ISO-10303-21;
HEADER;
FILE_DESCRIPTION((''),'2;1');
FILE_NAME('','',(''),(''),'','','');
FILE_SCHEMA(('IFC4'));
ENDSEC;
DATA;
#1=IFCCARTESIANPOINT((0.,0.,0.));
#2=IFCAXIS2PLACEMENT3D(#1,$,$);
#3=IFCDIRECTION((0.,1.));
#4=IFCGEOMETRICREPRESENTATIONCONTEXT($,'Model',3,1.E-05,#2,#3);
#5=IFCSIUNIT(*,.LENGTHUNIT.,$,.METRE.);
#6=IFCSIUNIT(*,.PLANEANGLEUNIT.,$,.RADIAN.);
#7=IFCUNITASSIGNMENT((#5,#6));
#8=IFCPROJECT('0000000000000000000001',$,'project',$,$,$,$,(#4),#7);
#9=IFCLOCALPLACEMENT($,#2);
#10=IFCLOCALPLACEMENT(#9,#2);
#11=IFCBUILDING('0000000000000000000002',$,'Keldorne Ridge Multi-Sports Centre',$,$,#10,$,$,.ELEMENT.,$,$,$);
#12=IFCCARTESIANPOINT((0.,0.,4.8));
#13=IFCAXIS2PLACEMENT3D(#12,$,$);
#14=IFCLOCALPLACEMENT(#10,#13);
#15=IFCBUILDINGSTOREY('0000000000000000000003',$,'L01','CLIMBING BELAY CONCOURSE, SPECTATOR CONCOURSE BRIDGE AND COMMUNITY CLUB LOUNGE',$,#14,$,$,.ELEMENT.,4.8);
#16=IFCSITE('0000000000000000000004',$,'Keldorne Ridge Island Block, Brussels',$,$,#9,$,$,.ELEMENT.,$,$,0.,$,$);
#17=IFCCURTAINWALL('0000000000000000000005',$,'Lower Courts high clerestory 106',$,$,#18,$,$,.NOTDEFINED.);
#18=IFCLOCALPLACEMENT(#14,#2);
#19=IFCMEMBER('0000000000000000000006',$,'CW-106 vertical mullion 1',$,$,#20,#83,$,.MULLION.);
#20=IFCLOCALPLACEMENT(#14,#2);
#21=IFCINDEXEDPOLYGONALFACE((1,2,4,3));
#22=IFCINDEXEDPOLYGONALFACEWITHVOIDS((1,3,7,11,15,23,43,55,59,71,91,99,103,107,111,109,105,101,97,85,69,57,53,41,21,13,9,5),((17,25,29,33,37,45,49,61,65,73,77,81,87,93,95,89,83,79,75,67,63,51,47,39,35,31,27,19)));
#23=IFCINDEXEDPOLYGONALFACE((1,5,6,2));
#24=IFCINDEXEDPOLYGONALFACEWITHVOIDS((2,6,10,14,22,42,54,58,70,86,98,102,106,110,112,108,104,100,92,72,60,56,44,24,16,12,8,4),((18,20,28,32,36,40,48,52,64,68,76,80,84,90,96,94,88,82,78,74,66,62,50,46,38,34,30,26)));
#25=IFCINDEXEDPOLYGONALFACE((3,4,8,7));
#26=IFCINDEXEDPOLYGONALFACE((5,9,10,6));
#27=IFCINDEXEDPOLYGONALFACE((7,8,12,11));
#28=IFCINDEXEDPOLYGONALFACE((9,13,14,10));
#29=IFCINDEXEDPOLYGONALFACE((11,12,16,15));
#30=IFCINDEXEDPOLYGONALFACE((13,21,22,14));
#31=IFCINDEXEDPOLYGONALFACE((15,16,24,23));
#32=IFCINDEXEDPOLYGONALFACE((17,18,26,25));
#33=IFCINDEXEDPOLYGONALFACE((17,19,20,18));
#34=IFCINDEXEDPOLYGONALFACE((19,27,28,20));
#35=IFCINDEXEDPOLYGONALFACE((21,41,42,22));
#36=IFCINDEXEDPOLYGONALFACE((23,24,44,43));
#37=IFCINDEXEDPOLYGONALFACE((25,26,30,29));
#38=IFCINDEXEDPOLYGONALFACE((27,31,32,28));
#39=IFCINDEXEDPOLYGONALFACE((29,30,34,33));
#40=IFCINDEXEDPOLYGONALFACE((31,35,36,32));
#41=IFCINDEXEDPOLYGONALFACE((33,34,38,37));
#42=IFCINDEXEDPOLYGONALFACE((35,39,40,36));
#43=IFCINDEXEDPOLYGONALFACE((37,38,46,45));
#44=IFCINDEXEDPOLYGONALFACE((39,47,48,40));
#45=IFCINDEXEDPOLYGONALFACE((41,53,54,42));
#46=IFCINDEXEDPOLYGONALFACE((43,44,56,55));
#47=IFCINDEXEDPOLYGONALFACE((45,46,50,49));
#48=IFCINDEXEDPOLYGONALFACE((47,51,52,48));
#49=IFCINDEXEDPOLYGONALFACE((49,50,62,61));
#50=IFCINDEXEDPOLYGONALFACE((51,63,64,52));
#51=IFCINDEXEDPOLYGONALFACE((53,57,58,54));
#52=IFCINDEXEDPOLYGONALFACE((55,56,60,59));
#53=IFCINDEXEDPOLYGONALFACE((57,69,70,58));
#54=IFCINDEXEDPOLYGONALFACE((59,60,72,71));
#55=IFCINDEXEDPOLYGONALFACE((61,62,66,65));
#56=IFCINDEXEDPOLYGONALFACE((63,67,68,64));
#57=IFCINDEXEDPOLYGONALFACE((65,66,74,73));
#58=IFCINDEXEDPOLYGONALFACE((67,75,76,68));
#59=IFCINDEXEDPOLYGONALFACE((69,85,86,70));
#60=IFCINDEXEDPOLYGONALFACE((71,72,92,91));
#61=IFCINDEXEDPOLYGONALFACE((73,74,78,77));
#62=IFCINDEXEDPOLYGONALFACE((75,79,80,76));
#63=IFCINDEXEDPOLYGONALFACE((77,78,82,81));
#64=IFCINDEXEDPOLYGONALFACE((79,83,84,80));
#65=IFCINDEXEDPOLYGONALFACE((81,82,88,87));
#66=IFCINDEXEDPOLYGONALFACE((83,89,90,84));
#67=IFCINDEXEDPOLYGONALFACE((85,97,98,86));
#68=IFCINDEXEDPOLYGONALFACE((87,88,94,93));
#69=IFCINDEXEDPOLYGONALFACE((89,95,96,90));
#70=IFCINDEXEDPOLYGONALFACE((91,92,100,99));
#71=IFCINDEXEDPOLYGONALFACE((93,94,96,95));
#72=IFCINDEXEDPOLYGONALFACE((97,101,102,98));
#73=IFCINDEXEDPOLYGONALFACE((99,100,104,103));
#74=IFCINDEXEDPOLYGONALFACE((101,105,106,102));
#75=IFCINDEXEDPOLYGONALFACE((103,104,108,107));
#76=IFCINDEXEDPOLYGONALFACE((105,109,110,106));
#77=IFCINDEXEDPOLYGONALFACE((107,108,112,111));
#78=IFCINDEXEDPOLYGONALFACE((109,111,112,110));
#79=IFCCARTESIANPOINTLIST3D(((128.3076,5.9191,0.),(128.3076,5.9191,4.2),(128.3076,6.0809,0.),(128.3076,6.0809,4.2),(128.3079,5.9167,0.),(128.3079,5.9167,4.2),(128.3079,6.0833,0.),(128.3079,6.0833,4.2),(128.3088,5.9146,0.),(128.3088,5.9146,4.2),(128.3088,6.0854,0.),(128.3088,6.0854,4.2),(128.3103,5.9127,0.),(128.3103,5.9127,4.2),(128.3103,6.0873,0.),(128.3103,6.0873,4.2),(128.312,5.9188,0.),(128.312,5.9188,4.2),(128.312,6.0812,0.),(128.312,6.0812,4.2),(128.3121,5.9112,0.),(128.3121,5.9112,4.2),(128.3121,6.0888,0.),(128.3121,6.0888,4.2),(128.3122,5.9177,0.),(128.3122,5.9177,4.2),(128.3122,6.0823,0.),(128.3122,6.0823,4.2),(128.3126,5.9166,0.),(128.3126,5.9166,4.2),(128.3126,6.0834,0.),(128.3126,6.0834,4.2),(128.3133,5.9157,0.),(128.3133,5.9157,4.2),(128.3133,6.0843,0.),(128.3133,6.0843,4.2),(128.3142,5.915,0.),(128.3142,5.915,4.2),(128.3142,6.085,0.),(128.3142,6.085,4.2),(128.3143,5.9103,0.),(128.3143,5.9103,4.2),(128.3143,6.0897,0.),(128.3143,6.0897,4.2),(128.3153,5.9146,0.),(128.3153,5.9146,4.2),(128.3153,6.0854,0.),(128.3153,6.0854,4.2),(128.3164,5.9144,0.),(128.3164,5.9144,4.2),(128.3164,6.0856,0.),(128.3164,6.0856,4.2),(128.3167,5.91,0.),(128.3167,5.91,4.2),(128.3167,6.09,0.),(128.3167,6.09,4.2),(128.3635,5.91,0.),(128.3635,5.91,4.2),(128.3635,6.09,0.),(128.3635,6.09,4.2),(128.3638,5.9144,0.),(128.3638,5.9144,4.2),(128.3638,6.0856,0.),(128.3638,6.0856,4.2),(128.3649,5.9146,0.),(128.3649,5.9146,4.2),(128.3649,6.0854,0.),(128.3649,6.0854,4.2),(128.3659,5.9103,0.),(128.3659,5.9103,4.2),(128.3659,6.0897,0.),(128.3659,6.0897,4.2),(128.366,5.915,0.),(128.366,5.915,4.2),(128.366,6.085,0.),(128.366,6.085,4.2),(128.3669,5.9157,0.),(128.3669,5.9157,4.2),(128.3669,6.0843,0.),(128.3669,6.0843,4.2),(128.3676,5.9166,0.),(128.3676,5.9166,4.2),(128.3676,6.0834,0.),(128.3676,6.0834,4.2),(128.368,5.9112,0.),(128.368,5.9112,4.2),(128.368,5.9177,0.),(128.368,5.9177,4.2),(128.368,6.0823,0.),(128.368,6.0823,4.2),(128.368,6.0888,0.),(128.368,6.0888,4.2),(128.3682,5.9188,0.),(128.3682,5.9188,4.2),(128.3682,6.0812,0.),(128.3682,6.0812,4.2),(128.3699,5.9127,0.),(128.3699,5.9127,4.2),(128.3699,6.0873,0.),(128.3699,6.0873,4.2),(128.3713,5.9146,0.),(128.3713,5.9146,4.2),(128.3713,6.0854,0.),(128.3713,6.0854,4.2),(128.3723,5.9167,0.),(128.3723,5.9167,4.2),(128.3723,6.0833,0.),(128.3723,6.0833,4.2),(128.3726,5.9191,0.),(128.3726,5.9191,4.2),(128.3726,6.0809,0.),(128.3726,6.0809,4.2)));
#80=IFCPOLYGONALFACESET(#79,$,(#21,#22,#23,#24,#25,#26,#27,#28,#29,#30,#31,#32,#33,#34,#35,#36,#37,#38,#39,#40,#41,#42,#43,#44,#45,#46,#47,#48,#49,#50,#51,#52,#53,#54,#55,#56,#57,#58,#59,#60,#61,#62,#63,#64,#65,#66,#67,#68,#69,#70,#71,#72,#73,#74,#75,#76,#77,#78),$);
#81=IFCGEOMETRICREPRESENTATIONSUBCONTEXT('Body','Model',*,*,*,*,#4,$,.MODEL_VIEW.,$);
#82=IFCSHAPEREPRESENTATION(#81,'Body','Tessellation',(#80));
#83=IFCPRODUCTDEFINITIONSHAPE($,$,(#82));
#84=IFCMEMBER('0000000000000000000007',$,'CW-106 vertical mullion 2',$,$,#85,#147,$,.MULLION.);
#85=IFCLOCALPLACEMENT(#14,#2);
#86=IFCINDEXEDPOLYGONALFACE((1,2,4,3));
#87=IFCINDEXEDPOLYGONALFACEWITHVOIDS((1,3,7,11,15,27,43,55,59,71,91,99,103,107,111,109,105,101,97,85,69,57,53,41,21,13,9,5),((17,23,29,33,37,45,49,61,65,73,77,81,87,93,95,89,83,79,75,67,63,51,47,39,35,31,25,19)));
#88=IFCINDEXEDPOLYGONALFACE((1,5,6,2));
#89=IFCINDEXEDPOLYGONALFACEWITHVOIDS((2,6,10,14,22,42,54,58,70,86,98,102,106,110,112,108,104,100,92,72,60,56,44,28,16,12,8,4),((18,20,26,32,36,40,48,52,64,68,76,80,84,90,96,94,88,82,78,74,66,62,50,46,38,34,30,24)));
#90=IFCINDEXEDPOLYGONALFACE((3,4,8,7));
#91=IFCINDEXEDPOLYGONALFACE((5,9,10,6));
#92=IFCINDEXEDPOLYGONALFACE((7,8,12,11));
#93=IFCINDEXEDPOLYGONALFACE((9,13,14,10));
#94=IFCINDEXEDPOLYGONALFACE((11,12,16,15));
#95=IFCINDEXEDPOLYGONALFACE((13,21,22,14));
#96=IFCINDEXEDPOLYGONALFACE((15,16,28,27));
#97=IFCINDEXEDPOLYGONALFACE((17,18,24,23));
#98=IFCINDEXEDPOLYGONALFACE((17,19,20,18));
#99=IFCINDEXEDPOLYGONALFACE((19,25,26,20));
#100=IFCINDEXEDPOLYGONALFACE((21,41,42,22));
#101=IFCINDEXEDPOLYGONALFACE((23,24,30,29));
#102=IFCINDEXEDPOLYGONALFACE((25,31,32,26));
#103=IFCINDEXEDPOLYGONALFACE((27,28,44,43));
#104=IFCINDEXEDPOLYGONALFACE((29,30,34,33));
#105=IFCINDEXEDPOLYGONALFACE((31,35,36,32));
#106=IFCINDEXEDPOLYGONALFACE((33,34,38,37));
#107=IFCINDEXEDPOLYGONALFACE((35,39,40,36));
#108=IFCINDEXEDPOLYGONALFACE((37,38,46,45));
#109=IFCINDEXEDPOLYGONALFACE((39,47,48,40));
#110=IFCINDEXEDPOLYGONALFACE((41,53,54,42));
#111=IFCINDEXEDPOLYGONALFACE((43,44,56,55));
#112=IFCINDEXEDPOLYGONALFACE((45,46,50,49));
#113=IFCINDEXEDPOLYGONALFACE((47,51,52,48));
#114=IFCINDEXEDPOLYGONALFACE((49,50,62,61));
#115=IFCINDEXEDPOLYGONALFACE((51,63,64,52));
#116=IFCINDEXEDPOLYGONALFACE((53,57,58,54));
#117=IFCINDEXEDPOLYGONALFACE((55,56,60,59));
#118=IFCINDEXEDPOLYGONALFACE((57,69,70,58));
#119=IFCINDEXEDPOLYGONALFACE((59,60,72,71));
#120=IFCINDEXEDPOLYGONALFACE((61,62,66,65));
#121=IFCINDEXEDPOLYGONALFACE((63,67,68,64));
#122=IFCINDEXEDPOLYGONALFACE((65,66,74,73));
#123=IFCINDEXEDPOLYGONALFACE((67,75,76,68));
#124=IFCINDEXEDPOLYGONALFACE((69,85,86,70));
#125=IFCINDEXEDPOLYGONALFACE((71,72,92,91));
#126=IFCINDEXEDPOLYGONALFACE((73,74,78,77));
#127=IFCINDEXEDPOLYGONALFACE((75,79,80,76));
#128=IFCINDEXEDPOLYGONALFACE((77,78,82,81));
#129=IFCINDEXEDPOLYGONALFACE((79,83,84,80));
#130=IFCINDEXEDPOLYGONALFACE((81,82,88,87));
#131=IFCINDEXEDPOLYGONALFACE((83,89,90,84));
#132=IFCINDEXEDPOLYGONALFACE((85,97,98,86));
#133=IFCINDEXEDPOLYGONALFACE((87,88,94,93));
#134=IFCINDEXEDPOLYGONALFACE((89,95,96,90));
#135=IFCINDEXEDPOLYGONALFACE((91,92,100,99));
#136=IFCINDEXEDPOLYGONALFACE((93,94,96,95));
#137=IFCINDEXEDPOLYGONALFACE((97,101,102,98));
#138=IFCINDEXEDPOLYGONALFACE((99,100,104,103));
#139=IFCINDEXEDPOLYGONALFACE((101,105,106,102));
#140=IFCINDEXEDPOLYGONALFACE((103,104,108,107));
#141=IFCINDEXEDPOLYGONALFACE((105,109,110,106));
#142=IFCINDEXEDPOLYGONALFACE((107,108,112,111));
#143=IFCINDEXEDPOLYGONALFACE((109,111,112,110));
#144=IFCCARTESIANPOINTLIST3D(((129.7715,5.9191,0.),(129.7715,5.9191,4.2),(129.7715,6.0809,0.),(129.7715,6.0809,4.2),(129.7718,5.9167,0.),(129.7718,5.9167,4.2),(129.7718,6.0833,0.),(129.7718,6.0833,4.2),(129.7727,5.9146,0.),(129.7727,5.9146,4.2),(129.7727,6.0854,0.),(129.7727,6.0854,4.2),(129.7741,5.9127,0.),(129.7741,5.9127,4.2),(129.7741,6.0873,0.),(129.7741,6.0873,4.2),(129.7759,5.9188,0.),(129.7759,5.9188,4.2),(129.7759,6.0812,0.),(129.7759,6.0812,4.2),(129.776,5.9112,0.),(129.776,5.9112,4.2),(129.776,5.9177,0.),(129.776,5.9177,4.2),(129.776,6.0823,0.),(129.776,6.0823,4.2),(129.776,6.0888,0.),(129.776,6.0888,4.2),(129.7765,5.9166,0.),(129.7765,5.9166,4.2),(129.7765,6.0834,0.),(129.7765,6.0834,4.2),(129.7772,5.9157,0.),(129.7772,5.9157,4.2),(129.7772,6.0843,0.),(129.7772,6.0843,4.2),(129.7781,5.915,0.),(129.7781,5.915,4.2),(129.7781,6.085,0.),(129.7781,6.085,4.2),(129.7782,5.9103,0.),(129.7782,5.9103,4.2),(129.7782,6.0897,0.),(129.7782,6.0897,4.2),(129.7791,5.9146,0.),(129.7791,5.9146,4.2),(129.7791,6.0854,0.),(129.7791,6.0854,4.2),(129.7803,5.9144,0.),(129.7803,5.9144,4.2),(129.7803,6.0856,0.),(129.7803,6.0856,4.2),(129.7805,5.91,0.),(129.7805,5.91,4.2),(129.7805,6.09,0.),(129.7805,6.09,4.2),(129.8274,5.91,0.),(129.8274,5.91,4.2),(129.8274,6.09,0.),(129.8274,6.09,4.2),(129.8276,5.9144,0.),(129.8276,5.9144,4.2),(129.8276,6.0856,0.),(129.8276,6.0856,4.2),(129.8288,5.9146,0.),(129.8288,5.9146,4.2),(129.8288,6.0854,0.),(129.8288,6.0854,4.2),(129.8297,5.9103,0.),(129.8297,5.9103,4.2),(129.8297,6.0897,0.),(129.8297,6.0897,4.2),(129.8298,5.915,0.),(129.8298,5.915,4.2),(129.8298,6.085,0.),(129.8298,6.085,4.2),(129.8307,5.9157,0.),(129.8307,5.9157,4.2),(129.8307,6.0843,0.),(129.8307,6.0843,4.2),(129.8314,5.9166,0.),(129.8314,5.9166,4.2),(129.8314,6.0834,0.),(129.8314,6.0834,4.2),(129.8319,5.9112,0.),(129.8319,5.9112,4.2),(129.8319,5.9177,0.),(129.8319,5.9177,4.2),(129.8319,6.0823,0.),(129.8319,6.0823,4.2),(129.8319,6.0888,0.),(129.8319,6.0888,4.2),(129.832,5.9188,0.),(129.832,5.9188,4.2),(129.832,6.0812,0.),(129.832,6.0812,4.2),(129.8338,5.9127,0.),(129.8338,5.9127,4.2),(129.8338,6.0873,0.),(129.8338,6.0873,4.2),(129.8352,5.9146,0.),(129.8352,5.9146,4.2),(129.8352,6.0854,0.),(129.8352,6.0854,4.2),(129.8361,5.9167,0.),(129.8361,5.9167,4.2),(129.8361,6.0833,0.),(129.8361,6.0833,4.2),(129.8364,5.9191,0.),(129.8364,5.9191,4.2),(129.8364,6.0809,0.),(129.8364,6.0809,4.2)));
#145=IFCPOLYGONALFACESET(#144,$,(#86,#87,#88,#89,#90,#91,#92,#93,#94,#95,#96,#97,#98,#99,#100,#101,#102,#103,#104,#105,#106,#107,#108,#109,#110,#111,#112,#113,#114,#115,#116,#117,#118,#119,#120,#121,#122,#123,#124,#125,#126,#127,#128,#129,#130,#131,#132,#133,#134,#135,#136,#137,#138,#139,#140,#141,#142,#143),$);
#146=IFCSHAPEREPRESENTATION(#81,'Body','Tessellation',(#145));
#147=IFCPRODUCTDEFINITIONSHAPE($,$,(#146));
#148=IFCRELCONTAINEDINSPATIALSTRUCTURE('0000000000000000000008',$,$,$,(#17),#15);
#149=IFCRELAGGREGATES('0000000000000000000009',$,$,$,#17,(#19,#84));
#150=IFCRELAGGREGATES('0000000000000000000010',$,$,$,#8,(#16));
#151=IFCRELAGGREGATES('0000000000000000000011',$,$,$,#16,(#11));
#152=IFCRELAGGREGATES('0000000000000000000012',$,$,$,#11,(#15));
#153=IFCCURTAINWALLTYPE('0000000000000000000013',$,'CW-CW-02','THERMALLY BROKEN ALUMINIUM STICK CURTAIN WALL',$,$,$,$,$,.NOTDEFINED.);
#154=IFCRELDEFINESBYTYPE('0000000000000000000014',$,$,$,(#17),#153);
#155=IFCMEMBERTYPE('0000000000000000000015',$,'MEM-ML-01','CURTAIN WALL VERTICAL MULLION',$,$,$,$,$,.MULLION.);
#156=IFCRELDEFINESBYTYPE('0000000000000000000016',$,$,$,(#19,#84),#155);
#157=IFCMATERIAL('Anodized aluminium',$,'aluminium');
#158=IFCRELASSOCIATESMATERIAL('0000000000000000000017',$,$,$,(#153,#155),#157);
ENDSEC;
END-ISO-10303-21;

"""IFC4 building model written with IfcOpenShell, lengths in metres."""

from ifc_helpers import new_model, si_unit, direction, frame, origin, origin_2d, place, context, subcontext, project, spatial, hollow_rectangle, extrude, material, material_profile, profile_set, type_object, element, aggregate, save


model = new_model("IFC4")

# Units and contexts
model_context = context("Model", 3, precision=1e-05, world=origin(), true_north=direction((0.0, 1.0)))
body_context = subcontext(model_context, "Body", "Model", "MODEL_VIEW")
ifc_project = project(units=[si_unit("LENGTHUNIT", "METRE"), si_unit("PLANEANGLEUNIT", "RADIAN")], contexts=[model_context])

# Site, building, storey
site_placement = place(None, origin())
site = spatial("IfcSite", under=ifc_project, at=site_placement, Name="Keldorne Ridge Island Block, Brussels", CompositionType="ELEMENT", RefElevation=0.0)
building_placement = place(site_placement, origin())
building = spatial("IfcBuilding", under=site, at=building_placement, Name="Keldorne Ridge Multi-Sports Centre", CompositionType="ELEMENT")
storey_placement = place(building_placement, frame((0.0, 0.0, 4.8)))
storey = spatial("IfcBuildingStorey", under=building, at=storey_placement, Name="L01", Description="CLIMBING BELAY CONCOURSE, SPECTATOR CONCOURSE BRIDGE AND COMMUNITY CLUB LOUNGE", CompositionType="ELEMENT", Elevation=4.8)

# Curtain wall, members
ifc_material_1 = material(Name="Anodized aluminium", Category="aluminium")
curtain_wall_type = type_object("IfcCurtainWallType", Name="CW-CW-02", Description="THERMALLY BROKEN ALUMINIUM STICK CURTAIN WALL", PredefinedType="NOTDEFINED", material=ifc_material_1)
curtain_wall_placement = place(storey_placement, origin())
curtain_wall = element("IfcCurtainWall", 1, at=curtain_wall_placement, inside=storey, type_object=curtain_wall_type, Name="Lower Courts high clerestory 106", PredefinedType="NOTDEFINED")
ifc_material_profile_1 = material_profile(ifc_material_1, hollow_rectangle(XDim=0.0649, YDim=0.1799, WallThickness=0.0044, InnerFilletRadius=0.0044, OuterFilletRadius=0.009, at=origin_2d()), Name="ALU MULLION 180x65x4.5")
ifc_profile_set_1 = profile_set([ifc_material_profile_1], Name="Anodized aluminium")
member_type_1 = type_object("IfcMemberType", Name="MEM-ML-01", Description="CURTAIN WALL VERTICAL MULLION", PredefinedType="MULLION", material=ifc_profile_set_1)
member_1_placement = place(storey_placement, frame((128.3401, 6.0, 0.0), z_axis=(0.0, 0.0, 1.0), x_axis=(1.0, 0.0, 0.0)))
member_1 = element("IfcMember", 2, at=member_1_placement, type_object=member_type_1, Name="CW-106 vertical mullion 1", PredefinedType="MULLION", context=body_context, shape_type="SweptSolid", body=[
    extrude(hollow_rectangle(XDim=0.0649, YDim=0.1799, WallThickness=0.0044, InnerFilletRadius=0.0044, OuterFilletRadius=0.009, at=origin_2d()), origin(), (0.0, 0.0, 1.0), 4.2),
])
member_2_placement = place(storey_placement, frame((129.804, 6.0, 0.0), z_axis=(0.0, 0.0, 1.0), x_axis=(1.0, 0.0, 0.0)))
member_2 = element("IfcMember", 3, at=member_2_placement, type_object=member_type_1, Name="CW-106 vertical mullion 2", PredefinedType="MULLION", context=body_context, shape_type="SweptSolid", body=[
    extrude(hollow_rectangle(XDim=0.0649, YDim=0.1799, WallThickness=0.0044, InnerFilletRadius=0.0044, OuterFilletRadius=0.009, at=origin_2d()), origin(), (0.0, 0.0, 1.0), 4.2),
])

aggregate(curtain_wall, [member_1, member_2])

save(model, "model.ifc")
